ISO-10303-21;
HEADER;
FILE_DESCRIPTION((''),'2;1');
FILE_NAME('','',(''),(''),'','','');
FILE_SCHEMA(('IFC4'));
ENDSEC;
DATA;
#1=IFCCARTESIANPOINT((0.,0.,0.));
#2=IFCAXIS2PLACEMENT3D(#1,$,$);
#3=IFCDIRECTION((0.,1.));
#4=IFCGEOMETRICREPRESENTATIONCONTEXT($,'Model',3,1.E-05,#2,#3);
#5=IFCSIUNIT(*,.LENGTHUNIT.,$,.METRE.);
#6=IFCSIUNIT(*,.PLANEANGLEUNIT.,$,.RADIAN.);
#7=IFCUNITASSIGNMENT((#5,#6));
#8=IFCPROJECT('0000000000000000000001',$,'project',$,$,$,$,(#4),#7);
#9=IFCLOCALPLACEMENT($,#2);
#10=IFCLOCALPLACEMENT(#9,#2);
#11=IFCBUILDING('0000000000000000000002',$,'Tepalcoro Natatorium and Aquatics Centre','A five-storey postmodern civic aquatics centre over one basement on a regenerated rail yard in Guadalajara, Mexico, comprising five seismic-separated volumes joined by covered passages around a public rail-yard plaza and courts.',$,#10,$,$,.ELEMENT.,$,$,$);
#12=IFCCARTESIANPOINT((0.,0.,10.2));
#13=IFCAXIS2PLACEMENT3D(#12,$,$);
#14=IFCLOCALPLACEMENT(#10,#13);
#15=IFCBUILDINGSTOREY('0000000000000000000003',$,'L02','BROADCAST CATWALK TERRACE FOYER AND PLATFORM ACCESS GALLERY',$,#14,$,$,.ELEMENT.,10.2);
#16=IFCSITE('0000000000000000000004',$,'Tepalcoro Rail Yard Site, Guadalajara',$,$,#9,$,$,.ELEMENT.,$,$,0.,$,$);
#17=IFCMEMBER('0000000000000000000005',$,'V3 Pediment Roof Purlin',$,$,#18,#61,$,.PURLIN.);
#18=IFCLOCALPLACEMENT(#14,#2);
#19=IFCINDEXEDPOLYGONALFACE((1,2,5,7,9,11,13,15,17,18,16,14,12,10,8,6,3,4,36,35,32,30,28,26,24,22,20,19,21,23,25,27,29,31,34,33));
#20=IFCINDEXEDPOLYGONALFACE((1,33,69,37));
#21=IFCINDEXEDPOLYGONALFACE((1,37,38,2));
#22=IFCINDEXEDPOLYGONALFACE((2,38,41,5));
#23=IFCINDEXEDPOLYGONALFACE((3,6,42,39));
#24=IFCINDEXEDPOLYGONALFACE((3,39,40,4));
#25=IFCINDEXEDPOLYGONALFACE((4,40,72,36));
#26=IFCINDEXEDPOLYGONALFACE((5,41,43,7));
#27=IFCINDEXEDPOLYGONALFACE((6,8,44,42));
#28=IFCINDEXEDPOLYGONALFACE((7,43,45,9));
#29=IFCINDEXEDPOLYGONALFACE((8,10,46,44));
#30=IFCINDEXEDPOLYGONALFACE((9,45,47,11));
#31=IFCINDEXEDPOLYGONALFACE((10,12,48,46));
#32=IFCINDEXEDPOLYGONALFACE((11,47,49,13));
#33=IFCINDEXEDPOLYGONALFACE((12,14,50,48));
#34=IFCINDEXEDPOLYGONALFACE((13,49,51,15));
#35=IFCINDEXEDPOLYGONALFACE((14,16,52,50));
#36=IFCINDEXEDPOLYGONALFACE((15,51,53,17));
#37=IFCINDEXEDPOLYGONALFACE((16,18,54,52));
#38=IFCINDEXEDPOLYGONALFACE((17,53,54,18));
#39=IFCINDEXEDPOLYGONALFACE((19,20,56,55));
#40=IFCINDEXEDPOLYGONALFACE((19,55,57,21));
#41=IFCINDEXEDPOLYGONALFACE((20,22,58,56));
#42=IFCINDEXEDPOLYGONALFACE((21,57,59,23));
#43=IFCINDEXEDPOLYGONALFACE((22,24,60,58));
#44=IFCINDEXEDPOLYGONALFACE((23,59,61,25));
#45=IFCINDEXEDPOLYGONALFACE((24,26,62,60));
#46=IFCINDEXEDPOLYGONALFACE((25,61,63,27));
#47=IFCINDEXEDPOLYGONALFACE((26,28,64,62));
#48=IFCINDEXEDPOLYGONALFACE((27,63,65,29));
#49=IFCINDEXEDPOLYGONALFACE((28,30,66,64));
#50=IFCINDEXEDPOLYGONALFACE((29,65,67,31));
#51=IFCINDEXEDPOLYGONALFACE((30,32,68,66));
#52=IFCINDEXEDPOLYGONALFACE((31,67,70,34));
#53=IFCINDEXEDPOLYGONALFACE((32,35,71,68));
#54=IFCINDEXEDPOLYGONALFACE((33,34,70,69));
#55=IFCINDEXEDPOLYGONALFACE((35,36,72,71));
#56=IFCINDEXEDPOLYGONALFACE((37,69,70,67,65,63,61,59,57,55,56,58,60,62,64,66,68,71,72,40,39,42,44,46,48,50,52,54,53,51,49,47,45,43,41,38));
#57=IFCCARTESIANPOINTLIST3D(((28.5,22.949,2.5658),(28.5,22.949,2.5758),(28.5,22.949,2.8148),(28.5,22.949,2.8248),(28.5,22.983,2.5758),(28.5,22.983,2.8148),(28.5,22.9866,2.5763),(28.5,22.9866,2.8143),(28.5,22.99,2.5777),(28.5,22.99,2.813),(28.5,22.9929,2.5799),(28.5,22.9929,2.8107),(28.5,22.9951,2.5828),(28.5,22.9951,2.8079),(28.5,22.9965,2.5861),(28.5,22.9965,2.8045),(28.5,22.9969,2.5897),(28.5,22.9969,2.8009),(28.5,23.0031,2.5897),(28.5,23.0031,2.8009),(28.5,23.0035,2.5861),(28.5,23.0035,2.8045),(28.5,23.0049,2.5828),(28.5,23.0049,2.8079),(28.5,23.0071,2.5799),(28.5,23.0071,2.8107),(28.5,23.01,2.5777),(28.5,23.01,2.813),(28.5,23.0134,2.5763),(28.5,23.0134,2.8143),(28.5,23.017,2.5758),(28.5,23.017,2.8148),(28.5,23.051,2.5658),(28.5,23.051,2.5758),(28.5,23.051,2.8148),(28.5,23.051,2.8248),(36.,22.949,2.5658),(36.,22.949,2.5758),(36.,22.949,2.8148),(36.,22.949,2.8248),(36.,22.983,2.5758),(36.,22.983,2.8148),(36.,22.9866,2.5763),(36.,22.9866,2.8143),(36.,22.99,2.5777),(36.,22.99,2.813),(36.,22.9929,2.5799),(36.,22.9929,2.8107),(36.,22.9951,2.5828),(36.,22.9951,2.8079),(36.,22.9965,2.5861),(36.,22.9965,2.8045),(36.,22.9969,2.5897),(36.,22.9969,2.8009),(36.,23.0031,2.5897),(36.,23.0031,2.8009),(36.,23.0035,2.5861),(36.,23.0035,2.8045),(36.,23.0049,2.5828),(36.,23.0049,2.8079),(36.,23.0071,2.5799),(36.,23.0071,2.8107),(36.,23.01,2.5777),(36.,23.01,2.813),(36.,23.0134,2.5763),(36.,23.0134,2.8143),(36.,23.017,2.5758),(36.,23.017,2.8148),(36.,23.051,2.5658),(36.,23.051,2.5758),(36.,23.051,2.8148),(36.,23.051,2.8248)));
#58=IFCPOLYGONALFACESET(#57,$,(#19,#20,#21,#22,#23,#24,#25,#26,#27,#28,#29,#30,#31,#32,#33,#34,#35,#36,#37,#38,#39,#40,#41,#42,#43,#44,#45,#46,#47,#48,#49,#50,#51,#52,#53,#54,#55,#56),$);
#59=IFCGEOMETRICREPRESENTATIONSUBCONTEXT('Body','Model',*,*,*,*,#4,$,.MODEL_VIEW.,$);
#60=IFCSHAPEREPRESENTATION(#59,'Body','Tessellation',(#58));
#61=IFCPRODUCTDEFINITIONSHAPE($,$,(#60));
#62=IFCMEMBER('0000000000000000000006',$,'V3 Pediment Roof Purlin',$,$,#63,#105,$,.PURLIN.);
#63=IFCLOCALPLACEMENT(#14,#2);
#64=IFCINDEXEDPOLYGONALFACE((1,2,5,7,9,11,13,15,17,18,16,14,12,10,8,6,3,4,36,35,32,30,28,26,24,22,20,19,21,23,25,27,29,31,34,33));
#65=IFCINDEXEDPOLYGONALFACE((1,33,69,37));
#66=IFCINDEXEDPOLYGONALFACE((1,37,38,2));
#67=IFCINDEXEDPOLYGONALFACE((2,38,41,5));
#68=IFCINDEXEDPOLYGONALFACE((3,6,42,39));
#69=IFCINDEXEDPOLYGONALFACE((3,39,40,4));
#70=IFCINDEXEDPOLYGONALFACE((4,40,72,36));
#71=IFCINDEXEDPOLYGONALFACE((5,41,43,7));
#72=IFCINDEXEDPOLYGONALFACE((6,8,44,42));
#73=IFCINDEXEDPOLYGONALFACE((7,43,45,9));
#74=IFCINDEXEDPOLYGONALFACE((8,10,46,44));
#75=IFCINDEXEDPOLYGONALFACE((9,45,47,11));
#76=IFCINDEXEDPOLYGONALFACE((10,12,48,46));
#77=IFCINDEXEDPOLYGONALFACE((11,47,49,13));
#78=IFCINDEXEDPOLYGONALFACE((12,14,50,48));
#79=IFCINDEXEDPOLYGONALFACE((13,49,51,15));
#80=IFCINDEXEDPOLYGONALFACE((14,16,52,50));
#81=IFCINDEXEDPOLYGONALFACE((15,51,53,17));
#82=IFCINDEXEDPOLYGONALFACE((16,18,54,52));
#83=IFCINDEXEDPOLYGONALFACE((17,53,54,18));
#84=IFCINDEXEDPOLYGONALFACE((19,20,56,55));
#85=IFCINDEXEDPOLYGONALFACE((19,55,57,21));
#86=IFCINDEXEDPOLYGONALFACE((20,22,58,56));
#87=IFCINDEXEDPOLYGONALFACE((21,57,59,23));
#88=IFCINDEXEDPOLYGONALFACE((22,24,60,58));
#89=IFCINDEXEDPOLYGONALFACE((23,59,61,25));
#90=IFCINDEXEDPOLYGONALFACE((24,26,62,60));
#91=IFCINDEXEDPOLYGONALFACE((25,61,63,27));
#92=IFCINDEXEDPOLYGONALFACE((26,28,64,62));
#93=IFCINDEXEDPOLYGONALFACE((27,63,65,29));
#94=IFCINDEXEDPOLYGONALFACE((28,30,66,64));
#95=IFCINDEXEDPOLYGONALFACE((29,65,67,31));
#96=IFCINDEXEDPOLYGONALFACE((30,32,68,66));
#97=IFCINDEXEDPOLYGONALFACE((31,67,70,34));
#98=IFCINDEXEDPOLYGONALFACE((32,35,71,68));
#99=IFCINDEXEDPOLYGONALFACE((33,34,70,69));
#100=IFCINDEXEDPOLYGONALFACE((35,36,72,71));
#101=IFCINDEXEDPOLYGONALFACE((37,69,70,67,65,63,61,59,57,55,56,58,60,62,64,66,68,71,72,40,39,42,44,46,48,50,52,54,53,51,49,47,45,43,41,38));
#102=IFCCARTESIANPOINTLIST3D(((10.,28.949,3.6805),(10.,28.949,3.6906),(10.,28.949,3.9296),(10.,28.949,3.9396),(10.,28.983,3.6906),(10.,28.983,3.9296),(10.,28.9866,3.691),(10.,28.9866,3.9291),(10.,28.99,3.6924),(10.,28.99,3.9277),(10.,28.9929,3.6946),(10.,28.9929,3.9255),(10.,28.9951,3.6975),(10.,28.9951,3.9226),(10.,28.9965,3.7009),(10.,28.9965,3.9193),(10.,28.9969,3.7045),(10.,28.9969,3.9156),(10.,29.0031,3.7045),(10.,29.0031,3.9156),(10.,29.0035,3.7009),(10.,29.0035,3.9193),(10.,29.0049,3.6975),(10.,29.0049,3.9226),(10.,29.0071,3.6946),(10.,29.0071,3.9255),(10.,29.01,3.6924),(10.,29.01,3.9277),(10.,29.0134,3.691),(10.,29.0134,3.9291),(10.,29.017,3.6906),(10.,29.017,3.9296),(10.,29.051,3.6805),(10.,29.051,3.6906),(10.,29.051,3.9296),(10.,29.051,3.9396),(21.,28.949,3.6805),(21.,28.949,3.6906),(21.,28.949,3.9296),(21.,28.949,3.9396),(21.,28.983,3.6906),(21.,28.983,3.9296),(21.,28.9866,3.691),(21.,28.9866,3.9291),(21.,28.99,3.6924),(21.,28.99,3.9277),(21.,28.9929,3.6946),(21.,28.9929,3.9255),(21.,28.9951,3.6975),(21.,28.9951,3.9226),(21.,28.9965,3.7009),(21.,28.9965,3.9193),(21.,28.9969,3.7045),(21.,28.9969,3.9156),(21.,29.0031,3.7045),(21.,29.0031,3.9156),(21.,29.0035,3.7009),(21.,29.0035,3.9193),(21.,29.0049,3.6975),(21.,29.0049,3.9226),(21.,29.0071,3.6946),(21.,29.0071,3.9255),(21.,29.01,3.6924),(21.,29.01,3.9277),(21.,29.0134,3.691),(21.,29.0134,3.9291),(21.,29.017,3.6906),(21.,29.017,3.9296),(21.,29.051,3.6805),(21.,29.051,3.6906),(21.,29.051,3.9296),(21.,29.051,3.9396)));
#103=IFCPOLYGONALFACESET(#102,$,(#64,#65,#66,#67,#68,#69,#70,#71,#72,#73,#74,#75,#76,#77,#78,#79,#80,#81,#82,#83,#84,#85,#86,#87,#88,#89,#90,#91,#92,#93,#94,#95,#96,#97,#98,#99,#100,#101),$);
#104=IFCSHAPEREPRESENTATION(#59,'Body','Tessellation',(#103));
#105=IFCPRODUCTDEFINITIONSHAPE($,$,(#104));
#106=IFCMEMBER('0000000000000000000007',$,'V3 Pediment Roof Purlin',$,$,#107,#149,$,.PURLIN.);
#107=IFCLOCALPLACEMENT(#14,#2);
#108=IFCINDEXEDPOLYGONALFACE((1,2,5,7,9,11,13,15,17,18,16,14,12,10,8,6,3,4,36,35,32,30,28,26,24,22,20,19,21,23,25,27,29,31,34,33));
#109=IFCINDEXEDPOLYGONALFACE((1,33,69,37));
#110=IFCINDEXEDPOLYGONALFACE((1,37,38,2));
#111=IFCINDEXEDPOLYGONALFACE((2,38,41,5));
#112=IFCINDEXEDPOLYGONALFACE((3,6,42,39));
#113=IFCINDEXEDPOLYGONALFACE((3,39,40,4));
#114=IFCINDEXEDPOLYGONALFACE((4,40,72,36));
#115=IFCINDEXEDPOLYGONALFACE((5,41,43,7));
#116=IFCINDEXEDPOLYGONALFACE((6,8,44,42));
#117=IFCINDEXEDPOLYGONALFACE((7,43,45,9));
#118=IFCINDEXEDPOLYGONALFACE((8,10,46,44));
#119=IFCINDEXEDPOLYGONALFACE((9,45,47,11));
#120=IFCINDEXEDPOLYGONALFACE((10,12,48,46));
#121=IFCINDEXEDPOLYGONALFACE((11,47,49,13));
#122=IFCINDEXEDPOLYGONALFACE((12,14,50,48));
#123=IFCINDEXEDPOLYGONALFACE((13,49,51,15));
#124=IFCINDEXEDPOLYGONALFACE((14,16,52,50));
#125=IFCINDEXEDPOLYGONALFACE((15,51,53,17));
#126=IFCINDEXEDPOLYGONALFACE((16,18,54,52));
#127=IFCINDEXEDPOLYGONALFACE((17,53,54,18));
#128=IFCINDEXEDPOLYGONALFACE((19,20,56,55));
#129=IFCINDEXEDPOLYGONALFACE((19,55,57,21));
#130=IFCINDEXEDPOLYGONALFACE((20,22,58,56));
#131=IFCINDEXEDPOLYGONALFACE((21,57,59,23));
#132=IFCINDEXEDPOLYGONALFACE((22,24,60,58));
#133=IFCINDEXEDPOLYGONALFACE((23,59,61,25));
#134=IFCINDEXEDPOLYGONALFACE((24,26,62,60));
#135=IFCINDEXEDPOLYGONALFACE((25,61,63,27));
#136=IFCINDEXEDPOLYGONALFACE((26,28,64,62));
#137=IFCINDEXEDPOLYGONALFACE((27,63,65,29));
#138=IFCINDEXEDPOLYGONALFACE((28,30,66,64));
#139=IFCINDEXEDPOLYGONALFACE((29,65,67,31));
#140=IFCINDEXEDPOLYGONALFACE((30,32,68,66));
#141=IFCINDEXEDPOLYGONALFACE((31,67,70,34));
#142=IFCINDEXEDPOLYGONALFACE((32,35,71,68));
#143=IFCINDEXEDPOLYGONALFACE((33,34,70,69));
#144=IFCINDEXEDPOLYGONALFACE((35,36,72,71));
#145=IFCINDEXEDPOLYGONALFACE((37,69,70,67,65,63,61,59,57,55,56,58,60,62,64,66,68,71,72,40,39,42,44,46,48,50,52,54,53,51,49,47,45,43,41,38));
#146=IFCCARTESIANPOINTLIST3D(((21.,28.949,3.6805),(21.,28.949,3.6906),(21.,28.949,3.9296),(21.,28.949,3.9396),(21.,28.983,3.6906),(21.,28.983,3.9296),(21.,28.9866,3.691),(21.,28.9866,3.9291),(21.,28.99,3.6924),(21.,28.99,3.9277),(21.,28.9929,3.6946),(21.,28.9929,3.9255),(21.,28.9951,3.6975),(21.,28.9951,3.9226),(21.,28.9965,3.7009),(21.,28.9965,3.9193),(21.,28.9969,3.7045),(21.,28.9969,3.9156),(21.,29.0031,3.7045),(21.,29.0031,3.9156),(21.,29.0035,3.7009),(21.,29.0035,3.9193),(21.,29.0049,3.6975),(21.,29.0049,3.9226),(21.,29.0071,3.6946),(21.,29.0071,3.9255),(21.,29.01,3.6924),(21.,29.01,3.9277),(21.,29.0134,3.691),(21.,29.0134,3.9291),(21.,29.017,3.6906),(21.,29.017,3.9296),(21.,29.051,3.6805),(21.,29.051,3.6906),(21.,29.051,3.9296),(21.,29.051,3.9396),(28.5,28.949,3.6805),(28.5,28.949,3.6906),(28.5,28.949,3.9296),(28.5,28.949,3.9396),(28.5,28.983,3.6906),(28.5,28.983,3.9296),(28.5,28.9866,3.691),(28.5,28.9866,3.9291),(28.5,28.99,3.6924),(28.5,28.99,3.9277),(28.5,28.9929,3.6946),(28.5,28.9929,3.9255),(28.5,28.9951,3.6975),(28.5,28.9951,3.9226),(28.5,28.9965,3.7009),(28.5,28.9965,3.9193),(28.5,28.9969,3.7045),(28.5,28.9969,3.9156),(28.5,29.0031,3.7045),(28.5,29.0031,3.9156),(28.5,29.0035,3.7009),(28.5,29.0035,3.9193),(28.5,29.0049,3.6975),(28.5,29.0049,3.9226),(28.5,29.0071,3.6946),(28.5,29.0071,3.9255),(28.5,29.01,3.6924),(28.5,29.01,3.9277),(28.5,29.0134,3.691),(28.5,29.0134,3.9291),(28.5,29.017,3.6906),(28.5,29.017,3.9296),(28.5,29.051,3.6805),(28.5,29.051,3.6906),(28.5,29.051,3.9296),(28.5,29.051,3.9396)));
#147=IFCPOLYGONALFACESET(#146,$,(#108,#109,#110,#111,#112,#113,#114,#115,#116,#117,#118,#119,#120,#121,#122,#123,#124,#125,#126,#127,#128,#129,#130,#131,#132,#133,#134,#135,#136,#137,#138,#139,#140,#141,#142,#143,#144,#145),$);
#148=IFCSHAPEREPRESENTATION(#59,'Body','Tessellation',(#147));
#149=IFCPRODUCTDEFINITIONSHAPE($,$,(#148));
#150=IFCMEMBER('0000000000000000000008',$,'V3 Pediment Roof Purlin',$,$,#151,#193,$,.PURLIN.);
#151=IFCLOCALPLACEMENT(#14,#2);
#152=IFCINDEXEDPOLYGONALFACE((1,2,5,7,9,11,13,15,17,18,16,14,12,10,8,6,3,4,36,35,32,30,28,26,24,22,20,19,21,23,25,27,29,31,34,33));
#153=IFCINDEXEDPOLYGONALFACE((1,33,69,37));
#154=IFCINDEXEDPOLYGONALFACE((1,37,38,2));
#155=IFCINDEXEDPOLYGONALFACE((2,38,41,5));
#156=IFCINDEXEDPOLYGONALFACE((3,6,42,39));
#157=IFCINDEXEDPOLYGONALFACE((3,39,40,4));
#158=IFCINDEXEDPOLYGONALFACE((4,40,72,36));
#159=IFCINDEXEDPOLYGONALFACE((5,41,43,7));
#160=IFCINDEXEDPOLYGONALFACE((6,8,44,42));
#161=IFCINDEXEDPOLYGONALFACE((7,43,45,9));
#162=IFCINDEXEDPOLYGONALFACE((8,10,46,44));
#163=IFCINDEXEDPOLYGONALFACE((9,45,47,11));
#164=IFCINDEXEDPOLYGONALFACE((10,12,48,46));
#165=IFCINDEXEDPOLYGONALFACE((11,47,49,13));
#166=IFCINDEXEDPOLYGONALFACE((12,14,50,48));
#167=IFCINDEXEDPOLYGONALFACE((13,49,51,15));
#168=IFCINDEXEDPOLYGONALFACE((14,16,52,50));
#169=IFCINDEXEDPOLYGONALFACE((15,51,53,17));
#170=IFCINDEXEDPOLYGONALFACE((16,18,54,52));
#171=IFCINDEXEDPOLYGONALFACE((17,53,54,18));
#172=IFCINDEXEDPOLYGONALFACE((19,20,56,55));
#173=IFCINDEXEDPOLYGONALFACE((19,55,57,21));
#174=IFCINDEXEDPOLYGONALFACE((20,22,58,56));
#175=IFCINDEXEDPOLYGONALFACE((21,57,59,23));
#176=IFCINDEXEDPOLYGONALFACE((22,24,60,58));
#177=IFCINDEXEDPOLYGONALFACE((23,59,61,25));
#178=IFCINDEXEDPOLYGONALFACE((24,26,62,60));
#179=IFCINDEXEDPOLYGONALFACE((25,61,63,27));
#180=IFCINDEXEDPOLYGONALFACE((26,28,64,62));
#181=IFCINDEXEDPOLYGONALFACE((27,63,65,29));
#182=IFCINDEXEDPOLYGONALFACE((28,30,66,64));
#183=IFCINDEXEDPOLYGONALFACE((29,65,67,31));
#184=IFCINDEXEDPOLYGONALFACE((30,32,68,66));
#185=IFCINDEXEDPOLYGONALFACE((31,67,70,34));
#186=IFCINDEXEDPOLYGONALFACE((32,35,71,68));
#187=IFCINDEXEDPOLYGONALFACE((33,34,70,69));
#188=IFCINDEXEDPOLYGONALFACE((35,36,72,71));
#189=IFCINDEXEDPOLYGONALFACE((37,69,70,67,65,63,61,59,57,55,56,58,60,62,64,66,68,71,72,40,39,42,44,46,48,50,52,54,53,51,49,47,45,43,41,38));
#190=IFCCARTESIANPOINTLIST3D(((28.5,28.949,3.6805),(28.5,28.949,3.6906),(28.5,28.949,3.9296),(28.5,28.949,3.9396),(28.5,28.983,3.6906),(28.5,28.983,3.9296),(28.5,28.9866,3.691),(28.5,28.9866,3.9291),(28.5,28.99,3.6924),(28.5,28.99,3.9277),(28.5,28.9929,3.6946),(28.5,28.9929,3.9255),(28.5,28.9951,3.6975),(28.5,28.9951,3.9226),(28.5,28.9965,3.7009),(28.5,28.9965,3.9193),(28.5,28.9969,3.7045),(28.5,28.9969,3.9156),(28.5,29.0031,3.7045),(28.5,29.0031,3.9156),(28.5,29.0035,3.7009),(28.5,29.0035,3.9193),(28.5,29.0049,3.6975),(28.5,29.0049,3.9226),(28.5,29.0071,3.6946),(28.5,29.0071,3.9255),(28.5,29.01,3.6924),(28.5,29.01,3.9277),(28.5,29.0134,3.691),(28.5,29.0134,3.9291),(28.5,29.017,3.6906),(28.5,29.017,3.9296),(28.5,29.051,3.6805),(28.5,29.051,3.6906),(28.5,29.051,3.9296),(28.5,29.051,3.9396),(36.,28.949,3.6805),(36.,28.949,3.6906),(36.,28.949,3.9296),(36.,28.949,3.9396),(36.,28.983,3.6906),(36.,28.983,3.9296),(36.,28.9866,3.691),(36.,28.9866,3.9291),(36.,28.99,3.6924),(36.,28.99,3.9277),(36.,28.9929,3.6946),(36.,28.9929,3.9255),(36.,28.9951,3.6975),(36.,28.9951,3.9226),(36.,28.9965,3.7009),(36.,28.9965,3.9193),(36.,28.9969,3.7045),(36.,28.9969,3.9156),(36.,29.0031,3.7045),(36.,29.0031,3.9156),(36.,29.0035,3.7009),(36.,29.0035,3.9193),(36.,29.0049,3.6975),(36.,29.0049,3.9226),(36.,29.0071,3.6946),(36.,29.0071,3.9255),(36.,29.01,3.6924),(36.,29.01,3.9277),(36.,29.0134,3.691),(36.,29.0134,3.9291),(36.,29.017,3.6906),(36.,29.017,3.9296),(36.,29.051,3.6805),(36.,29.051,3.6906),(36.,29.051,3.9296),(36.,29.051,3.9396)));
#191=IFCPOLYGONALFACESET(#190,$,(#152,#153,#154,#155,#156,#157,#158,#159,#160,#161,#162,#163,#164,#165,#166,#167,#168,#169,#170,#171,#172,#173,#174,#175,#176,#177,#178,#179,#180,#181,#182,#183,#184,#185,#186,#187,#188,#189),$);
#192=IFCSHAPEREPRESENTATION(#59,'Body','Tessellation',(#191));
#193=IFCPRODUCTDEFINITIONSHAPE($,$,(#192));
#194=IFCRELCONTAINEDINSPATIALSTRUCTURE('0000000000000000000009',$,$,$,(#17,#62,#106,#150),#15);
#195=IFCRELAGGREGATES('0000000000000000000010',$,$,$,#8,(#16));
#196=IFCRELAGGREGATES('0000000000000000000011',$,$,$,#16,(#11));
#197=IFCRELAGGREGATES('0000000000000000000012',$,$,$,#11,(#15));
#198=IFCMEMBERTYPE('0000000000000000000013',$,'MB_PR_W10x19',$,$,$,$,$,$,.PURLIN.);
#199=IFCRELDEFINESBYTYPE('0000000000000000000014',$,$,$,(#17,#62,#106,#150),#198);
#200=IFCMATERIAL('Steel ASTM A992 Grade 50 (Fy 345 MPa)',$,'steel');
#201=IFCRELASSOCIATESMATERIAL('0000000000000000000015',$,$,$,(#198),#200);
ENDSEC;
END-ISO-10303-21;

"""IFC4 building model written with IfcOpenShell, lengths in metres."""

from ifc_helpers import new_model, si_unit, direction, frame, origin, origin_2d, place, context, subcontext, project, spatial, i_section, extrude, material, material_profile, profile_set, type_object, element, save


model = new_model("IFC4")

# Units and contexts
model_context = context("Model", 3, precision=1e-05, world=origin(), true_north=direction((0.0, 1.0)))
body_context = subcontext(model_context, "Body", "Model", "MODEL_VIEW")
ifc_project = project(units=[si_unit("LENGTHUNIT", "METRE"), si_unit("PLANEANGLEUNIT", "RADIAN")], contexts=[model_context])

# Site, building, storey
site_placement = place(None, origin())
site = spatial("IfcSite", under=ifc_project, at=site_placement, Name="Tepalcoro Rail Yard Site, Guadalajara", CompositionType="ELEMENT", RefElevation=0.0)
building_placement = place(site_placement, origin())
building = spatial("IfcBuilding", under=site, at=building_placement, Name="Tepalcoro Natatorium and Aquatics Centre", Description="A five-storey postmodern civic aquatics centre over one basement on a regenerated rail yard in Guadalajara, Mexico, comprising five seismic-separated volumes joined by covered passages around a public rail-yard plaza and courts.", CompositionType="ELEMENT")
storey_placement = place(building_placement, frame((0.0, 0.0, 10.2)))
storey = spatial("IfcBuildingStorey", under=building, at=storey_placement, Name="L02", Description="BROADCAST CATWALK TERRACE FOYER AND PLATFORM ACCESS GALLERY", CompositionType="ELEMENT", Elevation=10.2)

# Members
ifc_material_1 = material(Name="Steel ASTM A992 Grade 50 (Fy 345 MPa)", Category="steel")
ifc_material_profile_1 = material_profile(ifc_material_1, i_section(OverallWidth=0.1021, OverallDepth=0.259, WebThickness=0.0061, FlangeThickness=0.01, FilletRadius=0.0139, at=origin_2d()), Name="W10X19")
ifc_profile_set_1 = profile_set([ifc_material_profile_1], Name="Steel ASTM A992 Grade 50 (Fy 345 MPa)")
member_type_1 = type_object("IfcMemberType", Name="MB_PR_W10x19", PredefinedType="PURLIN", material=ifc_profile_set_1)
for number, where, z_axis, x_axis, name in (
    (1, (28.5, 23.0, 2.6953), (1.0, 0.0, 0.0), (0.0, 1.0, 0.0), "V3 Pediment Roof Purlin"),
):
    element("IfcMember", number, at=place(storey_placement, frame(where, z_axis=z_axis, x_axis=x_axis)), inside=storey, type_object=member_type_1, Name=name, PredefinedType="PURLIN", context=body_context, shape_type="SweptSolid", body=[
        extrude(i_section(OverallWidth=0.1021, OverallDepth=0.259, WebThickness=0.0061, FlangeThickness=0.01, FilletRadius=0.0139, at=origin_2d()), origin(), (0.0, 0.0, 1.0), 7.5),
    ])
member_1_placement = place(storey_placement, frame((10.0, 29.0, 3.8101), z_axis=(1.0, 0.0, 0.0), x_axis=(0.0, 1.0, 0.0)))
element("IfcMember", 2, at=member_1_placement, inside=storey, type_object=member_type_1, Name="V3 Pediment Roof Purlin", PredefinedType="PURLIN", context=body_context, shape_type="SweptSolid", body=[
    extrude(i_section(OverallWidth=0.1021, OverallDepth=0.259, WebThickness=0.0061, FlangeThickness=0.01, FilletRadius=0.0139, at=origin_2d()), origin(), (0.0, 0.0, 1.0), 11.0),
])
for number, where, z_axis, x_axis, name in (
    (3, (21.0, 29.0, 3.8101), (1.0, 0.0, 0.0), (0.0, 1.0, 0.0), "V3 Pediment Roof Purlin"),
    (4, (28.5, 29.0, 3.8101), (1.0, 0.0, 0.0), (0.0, 1.0, 0.0), "V3 Pediment Roof Purlin"),
):
    element("IfcMember", number, at=place(storey_placement, frame(where, z_axis=z_axis, x_axis=x_axis)), inside=storey, type_object=member_type_1, Name=name, PredefinedType="PURLIN", context=body_context, shape_type="SweptSolid", body=[
        extrude(i_section(OverallWidth=0.1021, OverallDepth=0.259, WebThickness=0.0061, FlangeThickness=0.01, FilletRadius=0.0139, at=origin_2d()), origin(), (0.0, 0.0, 1.0), 7.5),
    ])

save(model, "model.ifc")
